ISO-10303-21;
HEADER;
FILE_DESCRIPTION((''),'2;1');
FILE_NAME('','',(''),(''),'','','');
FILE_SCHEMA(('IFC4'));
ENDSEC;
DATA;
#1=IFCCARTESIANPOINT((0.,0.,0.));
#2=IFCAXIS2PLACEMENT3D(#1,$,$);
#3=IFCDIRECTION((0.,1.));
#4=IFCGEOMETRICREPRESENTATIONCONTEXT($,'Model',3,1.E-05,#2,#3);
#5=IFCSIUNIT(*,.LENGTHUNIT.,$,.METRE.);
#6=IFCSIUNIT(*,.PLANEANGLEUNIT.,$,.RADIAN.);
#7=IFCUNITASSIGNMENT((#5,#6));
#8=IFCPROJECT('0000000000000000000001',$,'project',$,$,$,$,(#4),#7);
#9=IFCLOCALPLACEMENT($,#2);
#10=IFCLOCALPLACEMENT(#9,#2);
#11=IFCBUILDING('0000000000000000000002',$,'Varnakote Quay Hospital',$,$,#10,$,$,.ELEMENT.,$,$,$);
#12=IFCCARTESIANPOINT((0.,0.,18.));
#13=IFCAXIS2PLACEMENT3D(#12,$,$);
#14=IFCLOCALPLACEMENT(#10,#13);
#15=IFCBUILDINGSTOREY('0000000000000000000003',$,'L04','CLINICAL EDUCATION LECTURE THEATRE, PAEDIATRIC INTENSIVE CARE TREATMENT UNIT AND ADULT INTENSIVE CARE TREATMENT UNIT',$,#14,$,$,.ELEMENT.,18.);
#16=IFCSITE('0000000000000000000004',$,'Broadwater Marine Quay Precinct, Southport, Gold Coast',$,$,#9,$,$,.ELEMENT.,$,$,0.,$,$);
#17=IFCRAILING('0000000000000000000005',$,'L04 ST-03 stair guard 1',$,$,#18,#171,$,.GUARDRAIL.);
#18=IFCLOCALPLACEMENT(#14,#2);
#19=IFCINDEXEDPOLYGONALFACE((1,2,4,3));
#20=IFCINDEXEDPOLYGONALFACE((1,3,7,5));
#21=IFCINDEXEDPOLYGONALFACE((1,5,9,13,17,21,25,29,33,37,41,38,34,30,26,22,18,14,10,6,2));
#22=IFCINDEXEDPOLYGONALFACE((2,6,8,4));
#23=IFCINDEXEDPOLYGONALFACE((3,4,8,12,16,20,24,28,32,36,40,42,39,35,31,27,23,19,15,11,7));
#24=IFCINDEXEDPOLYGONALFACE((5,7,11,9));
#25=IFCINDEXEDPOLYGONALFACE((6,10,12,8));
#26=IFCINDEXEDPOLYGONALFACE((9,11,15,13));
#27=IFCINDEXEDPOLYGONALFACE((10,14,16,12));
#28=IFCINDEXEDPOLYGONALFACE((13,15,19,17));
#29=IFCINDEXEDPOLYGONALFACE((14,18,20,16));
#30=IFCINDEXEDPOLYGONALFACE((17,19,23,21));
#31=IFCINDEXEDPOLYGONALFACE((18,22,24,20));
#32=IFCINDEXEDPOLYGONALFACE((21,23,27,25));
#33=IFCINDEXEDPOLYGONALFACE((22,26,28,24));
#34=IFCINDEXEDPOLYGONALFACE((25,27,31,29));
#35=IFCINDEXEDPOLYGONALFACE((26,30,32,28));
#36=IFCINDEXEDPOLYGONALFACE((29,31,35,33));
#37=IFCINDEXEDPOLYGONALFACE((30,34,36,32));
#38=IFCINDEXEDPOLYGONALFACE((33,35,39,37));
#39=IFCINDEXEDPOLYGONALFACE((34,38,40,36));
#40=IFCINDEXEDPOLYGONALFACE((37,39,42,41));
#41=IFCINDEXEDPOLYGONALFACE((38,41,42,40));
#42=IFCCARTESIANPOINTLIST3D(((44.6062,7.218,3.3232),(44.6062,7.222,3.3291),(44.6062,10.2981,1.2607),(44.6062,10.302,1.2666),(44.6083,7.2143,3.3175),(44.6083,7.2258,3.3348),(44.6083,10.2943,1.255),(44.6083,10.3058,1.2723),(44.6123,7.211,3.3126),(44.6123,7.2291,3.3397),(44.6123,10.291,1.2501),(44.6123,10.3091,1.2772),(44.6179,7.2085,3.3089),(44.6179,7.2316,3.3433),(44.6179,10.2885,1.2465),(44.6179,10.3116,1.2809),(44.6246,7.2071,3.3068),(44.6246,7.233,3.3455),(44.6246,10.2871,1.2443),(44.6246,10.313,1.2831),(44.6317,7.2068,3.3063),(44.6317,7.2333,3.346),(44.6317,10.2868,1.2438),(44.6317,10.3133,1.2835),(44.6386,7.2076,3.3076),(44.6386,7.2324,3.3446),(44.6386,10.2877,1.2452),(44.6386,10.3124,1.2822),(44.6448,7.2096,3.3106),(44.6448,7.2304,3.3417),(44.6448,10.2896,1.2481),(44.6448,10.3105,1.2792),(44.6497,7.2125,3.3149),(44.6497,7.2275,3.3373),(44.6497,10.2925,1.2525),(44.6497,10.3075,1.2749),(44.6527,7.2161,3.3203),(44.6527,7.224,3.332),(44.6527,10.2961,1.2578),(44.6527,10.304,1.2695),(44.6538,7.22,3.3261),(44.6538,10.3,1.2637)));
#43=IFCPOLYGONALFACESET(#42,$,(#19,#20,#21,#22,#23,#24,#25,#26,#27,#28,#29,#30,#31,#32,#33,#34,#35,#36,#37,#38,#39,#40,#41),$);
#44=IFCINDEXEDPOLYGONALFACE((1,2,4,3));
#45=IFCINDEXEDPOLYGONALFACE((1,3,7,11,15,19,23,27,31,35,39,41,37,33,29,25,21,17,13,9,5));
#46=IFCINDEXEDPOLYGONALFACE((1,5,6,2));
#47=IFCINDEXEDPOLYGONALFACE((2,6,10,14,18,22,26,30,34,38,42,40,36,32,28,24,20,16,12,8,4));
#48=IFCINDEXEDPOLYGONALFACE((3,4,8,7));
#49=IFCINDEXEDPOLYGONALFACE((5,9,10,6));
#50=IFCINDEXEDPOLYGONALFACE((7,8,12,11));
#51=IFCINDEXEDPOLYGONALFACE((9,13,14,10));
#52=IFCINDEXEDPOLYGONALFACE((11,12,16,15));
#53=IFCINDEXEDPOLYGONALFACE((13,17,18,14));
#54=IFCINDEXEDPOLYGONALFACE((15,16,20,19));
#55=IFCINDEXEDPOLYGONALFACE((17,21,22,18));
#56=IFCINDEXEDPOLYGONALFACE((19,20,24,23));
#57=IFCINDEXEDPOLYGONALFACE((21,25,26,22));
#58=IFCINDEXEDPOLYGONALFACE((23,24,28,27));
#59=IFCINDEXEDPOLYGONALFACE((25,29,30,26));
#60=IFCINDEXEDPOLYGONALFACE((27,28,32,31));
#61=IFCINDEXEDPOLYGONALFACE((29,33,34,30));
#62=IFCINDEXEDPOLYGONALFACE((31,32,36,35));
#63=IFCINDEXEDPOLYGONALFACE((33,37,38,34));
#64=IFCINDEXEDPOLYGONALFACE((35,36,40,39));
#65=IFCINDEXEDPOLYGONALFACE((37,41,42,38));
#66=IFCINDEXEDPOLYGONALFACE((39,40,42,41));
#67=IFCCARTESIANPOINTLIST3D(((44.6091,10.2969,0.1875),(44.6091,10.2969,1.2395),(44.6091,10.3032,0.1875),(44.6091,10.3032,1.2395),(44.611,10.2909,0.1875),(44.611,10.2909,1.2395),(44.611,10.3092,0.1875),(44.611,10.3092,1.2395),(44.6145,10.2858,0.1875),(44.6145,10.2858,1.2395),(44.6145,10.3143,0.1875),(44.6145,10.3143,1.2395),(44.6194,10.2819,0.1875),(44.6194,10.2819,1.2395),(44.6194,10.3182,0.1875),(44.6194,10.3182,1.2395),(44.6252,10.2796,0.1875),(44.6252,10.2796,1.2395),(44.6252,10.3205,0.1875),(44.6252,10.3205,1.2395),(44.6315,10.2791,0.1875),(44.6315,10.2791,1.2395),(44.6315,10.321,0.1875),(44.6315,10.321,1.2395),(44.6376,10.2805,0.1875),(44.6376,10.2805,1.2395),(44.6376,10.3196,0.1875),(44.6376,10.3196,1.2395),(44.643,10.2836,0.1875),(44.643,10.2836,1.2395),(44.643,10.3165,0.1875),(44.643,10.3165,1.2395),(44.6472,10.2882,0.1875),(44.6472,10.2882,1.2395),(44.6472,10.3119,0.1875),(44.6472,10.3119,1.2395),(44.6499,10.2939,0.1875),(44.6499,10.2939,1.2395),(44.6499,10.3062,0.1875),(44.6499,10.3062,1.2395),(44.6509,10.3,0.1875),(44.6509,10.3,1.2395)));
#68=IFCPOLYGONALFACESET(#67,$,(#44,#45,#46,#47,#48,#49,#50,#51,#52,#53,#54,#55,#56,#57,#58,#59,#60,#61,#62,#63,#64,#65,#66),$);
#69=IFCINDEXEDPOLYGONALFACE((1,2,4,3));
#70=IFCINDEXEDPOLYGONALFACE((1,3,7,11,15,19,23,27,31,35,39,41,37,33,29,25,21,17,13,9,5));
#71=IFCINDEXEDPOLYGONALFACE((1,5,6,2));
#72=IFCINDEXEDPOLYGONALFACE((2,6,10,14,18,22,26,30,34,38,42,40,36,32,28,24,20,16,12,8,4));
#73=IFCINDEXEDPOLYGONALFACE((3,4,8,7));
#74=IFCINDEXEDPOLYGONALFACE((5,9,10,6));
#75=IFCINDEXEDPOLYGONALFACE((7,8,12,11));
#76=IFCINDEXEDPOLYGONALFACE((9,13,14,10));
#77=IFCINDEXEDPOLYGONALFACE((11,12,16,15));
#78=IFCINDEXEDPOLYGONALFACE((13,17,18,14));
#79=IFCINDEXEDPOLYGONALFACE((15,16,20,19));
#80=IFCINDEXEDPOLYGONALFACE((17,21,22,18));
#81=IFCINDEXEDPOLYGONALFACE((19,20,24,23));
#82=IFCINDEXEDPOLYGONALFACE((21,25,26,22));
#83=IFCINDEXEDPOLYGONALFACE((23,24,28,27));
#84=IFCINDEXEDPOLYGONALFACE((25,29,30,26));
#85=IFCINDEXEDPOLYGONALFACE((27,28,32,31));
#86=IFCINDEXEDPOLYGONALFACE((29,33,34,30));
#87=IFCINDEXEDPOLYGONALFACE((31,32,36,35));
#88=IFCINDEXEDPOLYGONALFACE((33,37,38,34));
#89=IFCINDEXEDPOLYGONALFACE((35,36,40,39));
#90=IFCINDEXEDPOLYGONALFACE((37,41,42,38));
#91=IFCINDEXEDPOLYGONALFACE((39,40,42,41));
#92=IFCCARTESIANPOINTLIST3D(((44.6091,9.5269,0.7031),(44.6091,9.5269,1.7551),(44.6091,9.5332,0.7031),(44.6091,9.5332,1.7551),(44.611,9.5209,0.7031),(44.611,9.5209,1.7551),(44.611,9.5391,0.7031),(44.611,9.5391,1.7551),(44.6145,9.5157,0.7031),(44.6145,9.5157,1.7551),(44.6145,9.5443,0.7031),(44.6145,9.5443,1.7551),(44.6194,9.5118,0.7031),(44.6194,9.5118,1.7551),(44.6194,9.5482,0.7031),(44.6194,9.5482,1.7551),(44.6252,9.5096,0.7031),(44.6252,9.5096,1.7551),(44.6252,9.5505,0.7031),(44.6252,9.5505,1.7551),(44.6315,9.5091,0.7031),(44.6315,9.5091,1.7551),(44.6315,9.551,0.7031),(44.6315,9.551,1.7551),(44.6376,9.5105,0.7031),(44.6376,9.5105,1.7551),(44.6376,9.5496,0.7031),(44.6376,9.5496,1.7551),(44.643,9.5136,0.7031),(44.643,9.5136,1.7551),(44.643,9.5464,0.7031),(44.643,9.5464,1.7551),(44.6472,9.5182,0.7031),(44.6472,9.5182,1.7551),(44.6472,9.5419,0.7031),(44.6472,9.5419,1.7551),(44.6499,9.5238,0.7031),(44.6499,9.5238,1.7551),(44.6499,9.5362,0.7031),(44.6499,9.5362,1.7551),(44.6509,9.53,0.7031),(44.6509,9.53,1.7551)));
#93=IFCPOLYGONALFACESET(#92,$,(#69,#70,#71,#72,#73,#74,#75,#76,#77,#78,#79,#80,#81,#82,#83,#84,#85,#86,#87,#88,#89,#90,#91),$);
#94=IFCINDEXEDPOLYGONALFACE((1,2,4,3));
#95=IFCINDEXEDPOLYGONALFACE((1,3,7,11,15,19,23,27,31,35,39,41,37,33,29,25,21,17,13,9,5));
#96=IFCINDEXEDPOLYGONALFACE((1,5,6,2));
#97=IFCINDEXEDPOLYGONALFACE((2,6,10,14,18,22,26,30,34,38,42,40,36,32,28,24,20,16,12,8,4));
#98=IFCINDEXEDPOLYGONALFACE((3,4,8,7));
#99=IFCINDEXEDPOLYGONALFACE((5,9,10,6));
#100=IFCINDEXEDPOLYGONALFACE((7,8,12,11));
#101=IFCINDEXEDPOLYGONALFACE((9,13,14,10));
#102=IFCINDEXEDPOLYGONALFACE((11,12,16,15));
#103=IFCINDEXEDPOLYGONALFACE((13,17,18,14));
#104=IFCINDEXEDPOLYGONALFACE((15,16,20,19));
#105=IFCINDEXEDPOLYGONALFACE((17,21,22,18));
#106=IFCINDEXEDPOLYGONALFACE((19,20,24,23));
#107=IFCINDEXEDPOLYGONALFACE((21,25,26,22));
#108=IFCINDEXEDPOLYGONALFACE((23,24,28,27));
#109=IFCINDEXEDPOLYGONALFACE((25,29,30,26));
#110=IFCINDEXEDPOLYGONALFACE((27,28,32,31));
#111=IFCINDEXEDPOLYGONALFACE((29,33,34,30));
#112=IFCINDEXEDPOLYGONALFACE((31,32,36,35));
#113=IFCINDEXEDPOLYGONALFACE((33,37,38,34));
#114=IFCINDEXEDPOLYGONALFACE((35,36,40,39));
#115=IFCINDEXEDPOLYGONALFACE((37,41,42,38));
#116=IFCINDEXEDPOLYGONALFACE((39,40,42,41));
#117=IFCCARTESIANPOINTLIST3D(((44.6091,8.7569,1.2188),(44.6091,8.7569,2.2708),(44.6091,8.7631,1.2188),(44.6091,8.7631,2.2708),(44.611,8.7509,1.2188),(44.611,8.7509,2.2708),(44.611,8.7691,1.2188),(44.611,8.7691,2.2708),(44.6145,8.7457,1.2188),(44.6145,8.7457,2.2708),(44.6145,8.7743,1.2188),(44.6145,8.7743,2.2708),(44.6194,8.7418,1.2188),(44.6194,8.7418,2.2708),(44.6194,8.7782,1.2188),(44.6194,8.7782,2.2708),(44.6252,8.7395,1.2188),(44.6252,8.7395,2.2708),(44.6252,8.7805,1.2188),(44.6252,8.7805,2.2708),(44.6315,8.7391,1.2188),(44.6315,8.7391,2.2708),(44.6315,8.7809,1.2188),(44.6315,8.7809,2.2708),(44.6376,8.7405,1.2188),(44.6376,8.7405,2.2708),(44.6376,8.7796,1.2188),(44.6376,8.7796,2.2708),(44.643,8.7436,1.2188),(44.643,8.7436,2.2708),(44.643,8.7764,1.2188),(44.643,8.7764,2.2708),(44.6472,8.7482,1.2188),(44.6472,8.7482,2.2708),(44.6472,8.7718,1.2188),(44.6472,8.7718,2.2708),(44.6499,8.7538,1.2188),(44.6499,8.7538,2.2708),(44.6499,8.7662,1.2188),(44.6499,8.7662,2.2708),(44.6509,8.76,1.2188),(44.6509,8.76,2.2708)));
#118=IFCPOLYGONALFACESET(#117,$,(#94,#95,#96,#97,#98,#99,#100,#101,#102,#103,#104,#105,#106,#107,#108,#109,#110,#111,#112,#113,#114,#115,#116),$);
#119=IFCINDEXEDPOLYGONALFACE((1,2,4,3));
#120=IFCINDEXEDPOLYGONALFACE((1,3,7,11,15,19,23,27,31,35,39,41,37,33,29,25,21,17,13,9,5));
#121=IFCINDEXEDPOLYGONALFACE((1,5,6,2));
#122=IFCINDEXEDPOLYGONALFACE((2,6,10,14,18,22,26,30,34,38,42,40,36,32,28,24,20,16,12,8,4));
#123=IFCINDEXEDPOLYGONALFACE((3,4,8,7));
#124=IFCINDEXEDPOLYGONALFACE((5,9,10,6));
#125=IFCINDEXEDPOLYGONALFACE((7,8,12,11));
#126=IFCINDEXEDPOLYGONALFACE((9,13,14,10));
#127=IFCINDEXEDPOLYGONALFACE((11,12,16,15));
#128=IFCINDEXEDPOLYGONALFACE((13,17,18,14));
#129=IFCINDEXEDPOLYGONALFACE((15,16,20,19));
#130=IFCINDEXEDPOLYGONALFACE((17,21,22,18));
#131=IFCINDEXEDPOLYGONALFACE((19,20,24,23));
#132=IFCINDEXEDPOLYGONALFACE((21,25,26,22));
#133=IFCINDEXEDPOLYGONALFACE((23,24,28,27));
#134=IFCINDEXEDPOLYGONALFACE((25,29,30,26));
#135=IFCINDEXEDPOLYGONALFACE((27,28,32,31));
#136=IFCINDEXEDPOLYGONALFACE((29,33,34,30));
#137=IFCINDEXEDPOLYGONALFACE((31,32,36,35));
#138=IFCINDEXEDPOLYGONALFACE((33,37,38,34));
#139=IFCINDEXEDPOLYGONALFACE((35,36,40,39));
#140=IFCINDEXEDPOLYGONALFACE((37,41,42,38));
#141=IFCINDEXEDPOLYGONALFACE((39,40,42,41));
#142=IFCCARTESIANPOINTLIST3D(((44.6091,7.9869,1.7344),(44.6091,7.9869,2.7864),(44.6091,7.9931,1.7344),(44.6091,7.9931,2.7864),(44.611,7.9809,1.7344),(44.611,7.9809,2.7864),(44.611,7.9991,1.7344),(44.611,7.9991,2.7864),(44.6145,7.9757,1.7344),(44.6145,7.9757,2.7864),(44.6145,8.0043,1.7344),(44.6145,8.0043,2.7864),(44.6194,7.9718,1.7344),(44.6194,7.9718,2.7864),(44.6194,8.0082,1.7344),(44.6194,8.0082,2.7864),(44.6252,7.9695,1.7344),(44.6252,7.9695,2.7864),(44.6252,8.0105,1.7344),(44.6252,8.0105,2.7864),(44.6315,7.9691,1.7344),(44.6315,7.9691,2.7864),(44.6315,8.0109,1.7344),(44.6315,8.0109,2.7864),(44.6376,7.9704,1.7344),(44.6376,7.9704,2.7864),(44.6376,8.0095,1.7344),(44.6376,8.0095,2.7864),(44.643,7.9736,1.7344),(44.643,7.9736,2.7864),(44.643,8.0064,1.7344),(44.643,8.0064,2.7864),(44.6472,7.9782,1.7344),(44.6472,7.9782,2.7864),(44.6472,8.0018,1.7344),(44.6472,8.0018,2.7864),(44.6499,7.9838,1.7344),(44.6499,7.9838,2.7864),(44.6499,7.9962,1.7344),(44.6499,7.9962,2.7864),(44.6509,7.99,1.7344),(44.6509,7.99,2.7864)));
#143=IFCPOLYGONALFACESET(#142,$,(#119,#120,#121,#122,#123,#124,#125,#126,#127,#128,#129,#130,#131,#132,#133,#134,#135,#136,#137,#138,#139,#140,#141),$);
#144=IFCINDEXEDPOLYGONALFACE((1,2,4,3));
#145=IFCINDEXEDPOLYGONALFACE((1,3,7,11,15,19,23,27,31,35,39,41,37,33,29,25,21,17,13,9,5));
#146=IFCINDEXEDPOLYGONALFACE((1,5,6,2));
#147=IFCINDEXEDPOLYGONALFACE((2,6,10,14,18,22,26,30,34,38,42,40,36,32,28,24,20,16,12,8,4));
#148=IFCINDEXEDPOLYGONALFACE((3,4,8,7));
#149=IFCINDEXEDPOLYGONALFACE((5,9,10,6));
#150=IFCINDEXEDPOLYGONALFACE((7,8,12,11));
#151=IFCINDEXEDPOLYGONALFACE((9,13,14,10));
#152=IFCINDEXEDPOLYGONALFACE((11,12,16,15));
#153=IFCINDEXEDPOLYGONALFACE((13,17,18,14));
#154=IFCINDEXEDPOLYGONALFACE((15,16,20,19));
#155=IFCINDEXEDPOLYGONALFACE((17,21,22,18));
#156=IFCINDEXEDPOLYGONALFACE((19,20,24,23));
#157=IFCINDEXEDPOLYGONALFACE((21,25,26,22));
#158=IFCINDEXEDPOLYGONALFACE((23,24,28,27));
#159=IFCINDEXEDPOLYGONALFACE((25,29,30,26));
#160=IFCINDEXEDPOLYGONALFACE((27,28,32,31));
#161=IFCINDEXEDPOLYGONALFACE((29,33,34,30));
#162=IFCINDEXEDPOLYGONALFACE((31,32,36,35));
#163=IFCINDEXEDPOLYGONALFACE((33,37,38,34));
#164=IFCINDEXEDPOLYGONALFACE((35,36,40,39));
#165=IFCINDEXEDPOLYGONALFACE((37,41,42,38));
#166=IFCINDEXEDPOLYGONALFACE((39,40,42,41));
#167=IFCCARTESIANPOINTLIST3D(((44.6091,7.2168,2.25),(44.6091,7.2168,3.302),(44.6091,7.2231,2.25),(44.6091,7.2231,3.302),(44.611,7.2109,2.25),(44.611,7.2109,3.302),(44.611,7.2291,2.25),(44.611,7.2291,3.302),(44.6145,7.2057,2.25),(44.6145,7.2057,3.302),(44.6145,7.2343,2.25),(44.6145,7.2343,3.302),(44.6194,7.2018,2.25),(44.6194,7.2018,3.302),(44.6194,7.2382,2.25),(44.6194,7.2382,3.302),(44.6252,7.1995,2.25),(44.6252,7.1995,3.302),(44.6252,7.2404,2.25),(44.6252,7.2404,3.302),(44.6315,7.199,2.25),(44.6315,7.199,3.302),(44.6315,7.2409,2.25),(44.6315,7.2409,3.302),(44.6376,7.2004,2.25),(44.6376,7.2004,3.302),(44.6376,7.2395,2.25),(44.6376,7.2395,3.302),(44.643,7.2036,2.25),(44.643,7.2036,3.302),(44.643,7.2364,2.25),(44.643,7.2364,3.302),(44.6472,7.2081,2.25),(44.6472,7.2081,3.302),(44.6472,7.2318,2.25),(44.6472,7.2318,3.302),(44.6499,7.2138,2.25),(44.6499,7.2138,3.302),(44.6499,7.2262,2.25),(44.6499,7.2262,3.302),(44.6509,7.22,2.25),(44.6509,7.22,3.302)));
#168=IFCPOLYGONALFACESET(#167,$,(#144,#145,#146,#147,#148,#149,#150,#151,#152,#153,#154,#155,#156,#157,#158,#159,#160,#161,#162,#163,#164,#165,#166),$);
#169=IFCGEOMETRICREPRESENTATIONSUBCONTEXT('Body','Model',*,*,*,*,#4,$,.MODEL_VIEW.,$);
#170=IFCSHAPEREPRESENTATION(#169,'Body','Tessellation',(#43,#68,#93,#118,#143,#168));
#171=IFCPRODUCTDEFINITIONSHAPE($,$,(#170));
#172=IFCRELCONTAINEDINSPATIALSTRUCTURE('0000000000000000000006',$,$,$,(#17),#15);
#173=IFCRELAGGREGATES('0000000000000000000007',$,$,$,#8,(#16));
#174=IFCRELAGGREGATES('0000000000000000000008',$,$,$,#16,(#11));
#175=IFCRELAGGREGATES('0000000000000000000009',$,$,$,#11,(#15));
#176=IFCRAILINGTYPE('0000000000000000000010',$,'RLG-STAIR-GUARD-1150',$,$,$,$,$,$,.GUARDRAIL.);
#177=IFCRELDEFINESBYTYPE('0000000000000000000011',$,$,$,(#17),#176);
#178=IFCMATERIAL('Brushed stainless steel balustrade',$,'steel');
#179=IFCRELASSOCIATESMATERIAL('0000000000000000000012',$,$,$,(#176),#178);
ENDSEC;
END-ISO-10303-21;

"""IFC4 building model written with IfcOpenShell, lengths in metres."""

from ifc_helpers import new_model, si_unit, direction, frame, origin, origin_2d, place, context, subcontext, project, spatial, circle, extrude, material, type_object, element, save


model = new_model("IFC4")

# Units and contexts
model_context = context("Model", 3, precision=1e-05, world=origin(), true_north=direction((0.0, 1.0)))
body_context = subcontext(model_context, "Body", "Model", "MODEL_VIEW")
ifc_project = project(units=[si_unit("LENGTHUNIT", "METRE"), si_unit("PLANEANGLEUNIT", "RADIAN")], contexts=[model_context])

# Site, building, storey
site_placement = place(None, origin())
site = spatial("IfcSite", under=ifc_project, at=site_placement, Name="Broadwater Marine Quay Precinct, Southport, Gold Coast", CompositionType="ELEMENT", RefElevation=0.0)
building_placement = place(site_placement, origin())
building = spatial("IfcBuilding", under=site, at=building_placement, Name="Varnakote Quay Hospital", CompositionType="ELEMENT")
storey_placement = place(building_placement, frame((0.0, 0.0, 18.0)))
storey = spatial("IfcBuildingStorey", under=building, at=storey_placement, Name="L04", Description="CLINICAL EDUCATION LECTURE THEATRE, PAEDIATRIC INTENSIVE CARE TREATMENT UNIT AND ADULT INTENSIVE CARE TREATMENT UNIT", CompositionType="ELEMENT", Elevation=18.0)

# Railing
ifc_material_1 = material(Name="Brushed stainless steel balustrade", Category="steel")
railing_type_1 = type_object("IfcRailingType", Name="RLG-STAIR-GUARD-1150", PredefinedType="GUARDRAIL", material=ifc_material_1)
railing_1_placement = place(storey_placement, frame((44.6299, 10.3, 0.1875)))
element("IfcRailing", 1, at=railing_1_placement, inside=storey, type_object=railing_type_1, Name="L04 ST-03 stair guard 1", PredefinedType="GUARDRAIL", context=body_context, shape_type="SweptSolid", body=[
    extrude(circle(Radius=0.0239, at=origin_2d()), frame((0.0, 0.0, 1.0762), z_axis=(0.0, -0.830914, 0.556401), x_axis=(1.0, 0.0, 0.0)), (0.0, 0.0, 1.0), 3.7068),
    extrude(circle(Radius=0.021, at=origin_2d()), origin(), (0.0, 0.0, 1.0), 1.052),
    extrude(circle(Radius=0.021, at=origin_2d()), frame((0.0, -0.77, 0.5156)), (0.0, 0.0, 1.0), 1.052),
    extrude(circle(Radius=0.021, at=origin_2d()), frame((0.0, -1.54, 1.0312)), (0.0, 0.0, 1.0), 1.052),
    extrude(circle(Radius=0.021, at=origin_2d()), frame((0.0, -2.3101, 1.5469)), (0.0, 0.0, 1.0), 1.052),
    extrude(circle(Radius=0.021, at=origin_2d()), frame((0.0, -3.0801, 2.0625)), (0.0, 0.0, 1.0), 1.052),
])

save(model, "model.ifc")
